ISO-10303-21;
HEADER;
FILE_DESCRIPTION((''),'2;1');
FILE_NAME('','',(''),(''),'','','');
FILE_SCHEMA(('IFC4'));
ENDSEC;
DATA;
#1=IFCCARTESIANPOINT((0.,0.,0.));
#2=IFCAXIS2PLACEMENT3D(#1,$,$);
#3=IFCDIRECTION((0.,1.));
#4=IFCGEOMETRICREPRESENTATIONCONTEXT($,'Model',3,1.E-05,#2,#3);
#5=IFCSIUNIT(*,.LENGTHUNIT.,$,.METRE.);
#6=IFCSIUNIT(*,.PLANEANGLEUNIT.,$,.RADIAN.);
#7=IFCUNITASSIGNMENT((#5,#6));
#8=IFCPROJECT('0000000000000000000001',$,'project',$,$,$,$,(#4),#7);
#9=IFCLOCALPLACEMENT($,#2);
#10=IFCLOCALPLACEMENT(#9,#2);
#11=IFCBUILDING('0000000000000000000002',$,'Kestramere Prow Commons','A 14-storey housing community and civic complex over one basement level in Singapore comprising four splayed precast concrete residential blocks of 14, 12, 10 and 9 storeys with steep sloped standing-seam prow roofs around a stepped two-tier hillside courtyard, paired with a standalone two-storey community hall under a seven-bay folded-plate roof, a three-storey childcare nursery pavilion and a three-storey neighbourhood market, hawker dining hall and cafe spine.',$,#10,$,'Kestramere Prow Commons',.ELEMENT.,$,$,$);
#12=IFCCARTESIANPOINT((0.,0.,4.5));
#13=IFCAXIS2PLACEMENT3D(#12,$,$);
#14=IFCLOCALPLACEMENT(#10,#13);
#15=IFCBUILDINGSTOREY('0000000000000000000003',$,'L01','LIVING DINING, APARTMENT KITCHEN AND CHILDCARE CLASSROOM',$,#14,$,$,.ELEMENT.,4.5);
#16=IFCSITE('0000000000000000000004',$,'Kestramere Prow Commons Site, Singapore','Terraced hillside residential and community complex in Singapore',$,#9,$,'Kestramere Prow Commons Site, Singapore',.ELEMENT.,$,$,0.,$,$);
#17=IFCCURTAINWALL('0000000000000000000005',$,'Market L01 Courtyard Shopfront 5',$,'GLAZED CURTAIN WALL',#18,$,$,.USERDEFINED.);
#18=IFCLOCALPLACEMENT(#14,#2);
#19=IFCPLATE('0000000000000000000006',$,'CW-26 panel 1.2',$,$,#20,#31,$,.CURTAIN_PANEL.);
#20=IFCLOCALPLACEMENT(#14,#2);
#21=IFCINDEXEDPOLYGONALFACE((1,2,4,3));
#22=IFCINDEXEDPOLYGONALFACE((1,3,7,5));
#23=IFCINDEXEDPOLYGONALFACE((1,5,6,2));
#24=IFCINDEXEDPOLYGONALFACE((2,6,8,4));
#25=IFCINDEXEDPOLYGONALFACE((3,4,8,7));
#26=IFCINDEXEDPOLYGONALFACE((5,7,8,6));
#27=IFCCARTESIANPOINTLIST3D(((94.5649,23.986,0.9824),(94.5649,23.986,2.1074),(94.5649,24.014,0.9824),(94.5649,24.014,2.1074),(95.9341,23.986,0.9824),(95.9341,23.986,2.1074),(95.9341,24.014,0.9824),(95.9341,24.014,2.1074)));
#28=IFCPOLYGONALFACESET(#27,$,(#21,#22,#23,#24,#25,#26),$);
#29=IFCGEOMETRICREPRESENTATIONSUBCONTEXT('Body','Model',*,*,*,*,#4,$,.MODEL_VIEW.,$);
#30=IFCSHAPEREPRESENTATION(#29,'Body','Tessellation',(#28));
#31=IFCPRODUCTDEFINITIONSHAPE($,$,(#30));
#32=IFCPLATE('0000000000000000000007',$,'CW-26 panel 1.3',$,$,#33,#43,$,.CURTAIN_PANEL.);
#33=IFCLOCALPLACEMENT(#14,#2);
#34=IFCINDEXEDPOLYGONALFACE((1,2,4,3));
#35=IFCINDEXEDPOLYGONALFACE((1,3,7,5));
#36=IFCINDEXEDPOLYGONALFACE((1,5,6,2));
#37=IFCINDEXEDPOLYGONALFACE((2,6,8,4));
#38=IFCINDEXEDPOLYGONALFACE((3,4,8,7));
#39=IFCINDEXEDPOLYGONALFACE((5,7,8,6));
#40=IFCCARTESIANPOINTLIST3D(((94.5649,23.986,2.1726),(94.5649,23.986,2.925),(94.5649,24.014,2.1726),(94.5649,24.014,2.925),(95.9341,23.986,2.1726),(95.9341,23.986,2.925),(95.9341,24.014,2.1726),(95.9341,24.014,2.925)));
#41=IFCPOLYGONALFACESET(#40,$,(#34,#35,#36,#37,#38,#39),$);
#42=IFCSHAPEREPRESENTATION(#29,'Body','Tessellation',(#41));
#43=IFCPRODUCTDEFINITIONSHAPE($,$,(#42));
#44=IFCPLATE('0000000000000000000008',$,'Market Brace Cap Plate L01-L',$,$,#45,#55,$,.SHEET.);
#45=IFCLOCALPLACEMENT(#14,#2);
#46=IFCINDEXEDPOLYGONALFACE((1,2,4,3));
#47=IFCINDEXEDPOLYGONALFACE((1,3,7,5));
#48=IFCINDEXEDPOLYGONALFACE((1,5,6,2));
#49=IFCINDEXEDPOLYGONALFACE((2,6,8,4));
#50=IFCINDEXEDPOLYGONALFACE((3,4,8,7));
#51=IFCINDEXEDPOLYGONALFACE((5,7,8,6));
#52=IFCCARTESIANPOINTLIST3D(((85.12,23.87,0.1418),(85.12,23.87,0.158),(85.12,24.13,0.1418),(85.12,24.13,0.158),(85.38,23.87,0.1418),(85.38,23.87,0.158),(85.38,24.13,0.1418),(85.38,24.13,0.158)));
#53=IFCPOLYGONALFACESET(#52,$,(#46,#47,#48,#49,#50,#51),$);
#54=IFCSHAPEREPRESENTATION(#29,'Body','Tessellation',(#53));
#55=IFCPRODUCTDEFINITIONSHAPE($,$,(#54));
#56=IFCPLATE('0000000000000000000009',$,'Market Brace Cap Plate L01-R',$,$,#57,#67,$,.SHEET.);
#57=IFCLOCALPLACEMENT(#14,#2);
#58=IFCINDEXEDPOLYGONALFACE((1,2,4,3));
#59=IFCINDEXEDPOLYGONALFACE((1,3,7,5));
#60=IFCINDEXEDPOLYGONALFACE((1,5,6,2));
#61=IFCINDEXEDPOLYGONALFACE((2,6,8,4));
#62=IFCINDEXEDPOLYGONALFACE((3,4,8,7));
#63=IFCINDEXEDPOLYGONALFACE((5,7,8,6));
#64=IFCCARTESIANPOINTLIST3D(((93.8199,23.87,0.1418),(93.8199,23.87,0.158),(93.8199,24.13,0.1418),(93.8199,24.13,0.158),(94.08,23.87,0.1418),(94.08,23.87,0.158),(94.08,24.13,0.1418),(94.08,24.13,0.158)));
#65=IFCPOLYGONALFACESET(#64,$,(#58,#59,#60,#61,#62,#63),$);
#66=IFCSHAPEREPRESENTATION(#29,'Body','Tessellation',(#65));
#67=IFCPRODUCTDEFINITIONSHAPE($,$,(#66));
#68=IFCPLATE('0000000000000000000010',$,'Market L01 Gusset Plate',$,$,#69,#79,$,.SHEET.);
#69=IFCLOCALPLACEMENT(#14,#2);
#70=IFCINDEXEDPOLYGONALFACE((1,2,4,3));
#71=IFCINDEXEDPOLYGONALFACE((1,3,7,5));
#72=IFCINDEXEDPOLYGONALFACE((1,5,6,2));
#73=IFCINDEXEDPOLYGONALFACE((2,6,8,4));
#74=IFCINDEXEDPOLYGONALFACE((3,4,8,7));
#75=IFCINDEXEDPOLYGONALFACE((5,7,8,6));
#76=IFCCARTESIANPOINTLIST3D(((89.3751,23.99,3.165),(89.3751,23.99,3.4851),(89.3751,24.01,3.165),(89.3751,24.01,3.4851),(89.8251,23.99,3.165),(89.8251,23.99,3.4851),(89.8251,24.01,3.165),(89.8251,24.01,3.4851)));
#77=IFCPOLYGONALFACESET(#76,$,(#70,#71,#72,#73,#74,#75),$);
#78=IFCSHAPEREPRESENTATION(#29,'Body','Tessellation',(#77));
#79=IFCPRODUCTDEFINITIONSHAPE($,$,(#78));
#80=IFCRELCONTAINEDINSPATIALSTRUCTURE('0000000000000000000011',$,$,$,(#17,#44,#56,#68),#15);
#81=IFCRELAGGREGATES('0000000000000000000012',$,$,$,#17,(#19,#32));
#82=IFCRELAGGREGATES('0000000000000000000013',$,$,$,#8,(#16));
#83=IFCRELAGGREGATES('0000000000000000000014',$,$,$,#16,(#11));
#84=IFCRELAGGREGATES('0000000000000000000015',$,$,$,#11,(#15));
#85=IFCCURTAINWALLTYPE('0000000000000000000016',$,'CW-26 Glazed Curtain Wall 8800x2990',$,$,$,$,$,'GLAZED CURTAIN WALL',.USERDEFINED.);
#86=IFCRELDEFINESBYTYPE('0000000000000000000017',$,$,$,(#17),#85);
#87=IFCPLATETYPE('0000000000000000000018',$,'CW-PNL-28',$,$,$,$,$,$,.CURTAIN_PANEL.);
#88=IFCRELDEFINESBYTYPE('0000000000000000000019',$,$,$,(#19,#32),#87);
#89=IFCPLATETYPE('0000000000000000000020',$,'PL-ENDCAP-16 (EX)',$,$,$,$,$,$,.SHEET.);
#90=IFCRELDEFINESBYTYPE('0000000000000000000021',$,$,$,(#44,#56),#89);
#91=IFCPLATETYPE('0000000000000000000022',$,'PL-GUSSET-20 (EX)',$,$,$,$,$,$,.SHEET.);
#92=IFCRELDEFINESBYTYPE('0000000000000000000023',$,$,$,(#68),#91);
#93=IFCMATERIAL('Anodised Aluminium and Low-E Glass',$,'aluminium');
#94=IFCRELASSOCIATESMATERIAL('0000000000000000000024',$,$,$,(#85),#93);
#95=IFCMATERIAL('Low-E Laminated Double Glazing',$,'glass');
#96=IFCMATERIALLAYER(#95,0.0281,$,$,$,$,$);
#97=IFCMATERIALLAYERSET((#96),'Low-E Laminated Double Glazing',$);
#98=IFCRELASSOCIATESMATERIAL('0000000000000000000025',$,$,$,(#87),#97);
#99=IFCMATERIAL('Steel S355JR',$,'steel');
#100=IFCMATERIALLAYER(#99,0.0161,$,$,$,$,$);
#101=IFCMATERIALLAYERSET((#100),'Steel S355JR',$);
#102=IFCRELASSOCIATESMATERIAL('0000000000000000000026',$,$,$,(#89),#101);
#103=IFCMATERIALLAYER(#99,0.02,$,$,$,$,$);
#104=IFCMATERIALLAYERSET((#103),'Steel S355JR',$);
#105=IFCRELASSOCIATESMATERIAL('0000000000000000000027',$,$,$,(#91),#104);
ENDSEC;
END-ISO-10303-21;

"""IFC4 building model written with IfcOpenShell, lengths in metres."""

from ifc_helpers import new_model, si_unit, direction, frame, origin, origin_2d, place, context, subcontext, project, spatial, rectangle, extrude, material, layer, layer_set, type_object, element, aggregate, save


model = new_model("IFC4")

# Units and contexts
model_context = context("Model", 3, precision=1e-05, world=origin(), true_north=direction((0.0, 1.0)))
body_context = subcontext(model_context, "Body", "Model", "MODEL_VIEW")
ifc_project = project(units=[si_unit("LENGTHUNIT", "METRE"), si_unit("PLANEANGLEUNIT", "RADIAN")], contexts=[model_context])

# Site, building, storey
site_placement = place(None, origin())
site = spatial("IfcSite", under=ifc_project, at=site_placement, Name="Kestramere Prow Commons Site, Singapore", Description="Terraced hillside residential and community complex in Singapore", LongName="Kestramere Prow Commons Site, Singapore", CompositionType="ELEMENT", RefElevation=0.0)
building_placement = place(site_placement, origin())
building = spatial("IfcBuilding", under=site, at=building_placement, Name="Kestramere Prow Commons", Description="A 14-storey housing community and civic complex over one basement level in Singapore comprising four splayed precast concrete residential blocks of 14, 12, 10 and 9 storeys with steep sloped standing-seam prow roofs around a stepped two-tier hillside courtyard, paired with a standalone two-storey community hall under a seven-bay folded-plate roof, a three-storey childcare nursery pavilion and a three-storey neighbourhood market, hawker dining hall and cafe spine.", LongName="Kestramere Prow Commons", CompositionType="ELEMENT")
storey_placement = place(building_placement, frame((0.0, 0.0, 4.5)))
storey = spatial("IfcBuildingStorey", under=building, at=storey_placement, Name="L01", Description="LIVING DINING, APARTMENT KITCHEN AND CHILDCARE CLASSROOM", CompositionType="ELEMENT", Elevation=4.5)

# Shared definitions
ifc_material_1 = material(Name="Steel S355JR", Category="steel")

# Curtain wall
ifc_material_2 = material(Name="Anodised Aluminium and Low-E Glass", Category="aluminium")
curtain_wall_type = type_object("IfcCurtainWallType", Name="CW-26 Glazed Curtain Wall 8800x2990", ElementType="GLAZED CURTAIN WALL", PredefinedType="USERDEFINED", material=ifc_material_2)
curtain_wall_placement = place(storey_placement, origin())
curtain_wall = element("IfcCurtainWall", 1, at=curtain_wall_placement, inside=storey, type_object=curtain_wall_type, Name="Market L01 Courtyard Shopfront 5", ObjectType="GLAZED CURTAIN WALL", PredefinedType="USERDEFINED")

# Plates
ifc_material_3 = material(Name="Low-E Laminated Double Glazing", Category="glass")
ifc_layer_1 = layer(ifc_material_3, 0.0281)
ifc_layer_set_1 = layer_set([ifc_layer_1], Name="Low-E Laminated Double Glazing")
plate_type_1 = type_object("IfcPlateType", Name="CW-PNL-28", PredefinedType="CURTAIN_PANEL", material=ifc_layer_set_1)
plate_1_placement = place(storey_placement, frame((95.2495, 24.0, 0.9824), z_axis=(0.0, 0.0, 1.0), x_axis=(1.0, 0.0, 0.0)))
plate_1 = element("IfcPlate", 2, at=plate_1_placement, type_object=plate_type_1, Name="CW-26 panel 1.2", PredefinedType="CURTAIN_PANEL", context=body_context, shape_type="SweptSolid", body=[
    extrude(rectangle(XDim=1.3691, YDim=0.0281, at=origin_2d()), origin(), (0.0, 0.0, 1.0), 1.125),
])
plate_2_placement = place(storey_placement, frame((95.2495, 24.0, 2.1726), z_axis=(0.0, 0.0, 1.0), x_axis=(1.0, 0.0, 0.0)))
plate_2 = element("IfcPlate", 3, at=plate_2_placement, type_object=plate_type_1, Name="CW-26 panel 1.3", PredefinedType="CURTAIN_PANEL", context=body_context, shape_type="SweptSolid", body=[
    extrude(rectangle(XDim=1.3691, YDim=0.0281, at=origin_2d()), origin(), (0.0, 0.0, 1.0), 0.7524),
])
aggregate(curtain_wall, [plate_1, plate_2])

# Plates
ifc_layer_2 = layer(ifc_material_1, 0.0161)
ifc_layer_set_2 = layer_set([ifc_layer_2], Name="Steel S355JR")
plate_type_2 = type_object("IfcPlateType", Name="PL-ENDCAP-16 (EX)", PredefinedType="SHEET", material=ifc_layer_set_2)
for number, where, z_axis, x_axis, name in (
    (4, (85.25, 24.0, 0.1418), (0.0, 0.0, 1.0), (1.0, 0.0, 0.0), "Market Brace Cap Plate L01-L"),
    (5, (93.95, 24.0, 0.1418), (0.0, 0.0, 1.0), (1.0, 0.0, 0.0), "Market Brace Cap Plate L01-R"),
):
    element("IfcPlate", number, at=place(storey_placement, frame(where, z_axis=z_axis, x_axis=x_axis)), inside=storey, type_object=plate_type_2, Name=name, PredefinedType="SHEET", context=body_context, shape_type="SweptSolid", body=[
        extrude(rectangle(XDim=0.26, YDim=0.26, at=origin_2d()), origin(), (0.0, 0.0, 1.0), 0.0161),
    ])
ifc_layer_3 = layer(ifc_material_1, 0.02)
ifc_layer_set_3 = layer_set([ifc_layer_3], Name="Steel S355JR")
plate_type_3 = type_object("IfcPlateType", Name="PL-GUSSET-20 (EX)", PredefinedType="SHEET", material=ifc_layer_set_3)
plate_3_placement = place(storey_placement, frame((89.6001, 24.0, 3.165), z_axis=(0.0, 0.0, 1.0), x_axis=(1.0, 0.0, 0.0)))
element("IfcPlate", 6, at=plate_3_placement, inside=storey, type_object=plate_type_3, Name="Market L01 Gusset Plate", PredefinedType="SHEET", context=body_context, shape_type="SweptSolid", body=[
    extrude(rectangle(XDim=0.45, YDim=0.02, at=origin_2d()), origin(), (0.0, 0.0, 1.0), 0.3201),
])

save(model, "model.ifc")
